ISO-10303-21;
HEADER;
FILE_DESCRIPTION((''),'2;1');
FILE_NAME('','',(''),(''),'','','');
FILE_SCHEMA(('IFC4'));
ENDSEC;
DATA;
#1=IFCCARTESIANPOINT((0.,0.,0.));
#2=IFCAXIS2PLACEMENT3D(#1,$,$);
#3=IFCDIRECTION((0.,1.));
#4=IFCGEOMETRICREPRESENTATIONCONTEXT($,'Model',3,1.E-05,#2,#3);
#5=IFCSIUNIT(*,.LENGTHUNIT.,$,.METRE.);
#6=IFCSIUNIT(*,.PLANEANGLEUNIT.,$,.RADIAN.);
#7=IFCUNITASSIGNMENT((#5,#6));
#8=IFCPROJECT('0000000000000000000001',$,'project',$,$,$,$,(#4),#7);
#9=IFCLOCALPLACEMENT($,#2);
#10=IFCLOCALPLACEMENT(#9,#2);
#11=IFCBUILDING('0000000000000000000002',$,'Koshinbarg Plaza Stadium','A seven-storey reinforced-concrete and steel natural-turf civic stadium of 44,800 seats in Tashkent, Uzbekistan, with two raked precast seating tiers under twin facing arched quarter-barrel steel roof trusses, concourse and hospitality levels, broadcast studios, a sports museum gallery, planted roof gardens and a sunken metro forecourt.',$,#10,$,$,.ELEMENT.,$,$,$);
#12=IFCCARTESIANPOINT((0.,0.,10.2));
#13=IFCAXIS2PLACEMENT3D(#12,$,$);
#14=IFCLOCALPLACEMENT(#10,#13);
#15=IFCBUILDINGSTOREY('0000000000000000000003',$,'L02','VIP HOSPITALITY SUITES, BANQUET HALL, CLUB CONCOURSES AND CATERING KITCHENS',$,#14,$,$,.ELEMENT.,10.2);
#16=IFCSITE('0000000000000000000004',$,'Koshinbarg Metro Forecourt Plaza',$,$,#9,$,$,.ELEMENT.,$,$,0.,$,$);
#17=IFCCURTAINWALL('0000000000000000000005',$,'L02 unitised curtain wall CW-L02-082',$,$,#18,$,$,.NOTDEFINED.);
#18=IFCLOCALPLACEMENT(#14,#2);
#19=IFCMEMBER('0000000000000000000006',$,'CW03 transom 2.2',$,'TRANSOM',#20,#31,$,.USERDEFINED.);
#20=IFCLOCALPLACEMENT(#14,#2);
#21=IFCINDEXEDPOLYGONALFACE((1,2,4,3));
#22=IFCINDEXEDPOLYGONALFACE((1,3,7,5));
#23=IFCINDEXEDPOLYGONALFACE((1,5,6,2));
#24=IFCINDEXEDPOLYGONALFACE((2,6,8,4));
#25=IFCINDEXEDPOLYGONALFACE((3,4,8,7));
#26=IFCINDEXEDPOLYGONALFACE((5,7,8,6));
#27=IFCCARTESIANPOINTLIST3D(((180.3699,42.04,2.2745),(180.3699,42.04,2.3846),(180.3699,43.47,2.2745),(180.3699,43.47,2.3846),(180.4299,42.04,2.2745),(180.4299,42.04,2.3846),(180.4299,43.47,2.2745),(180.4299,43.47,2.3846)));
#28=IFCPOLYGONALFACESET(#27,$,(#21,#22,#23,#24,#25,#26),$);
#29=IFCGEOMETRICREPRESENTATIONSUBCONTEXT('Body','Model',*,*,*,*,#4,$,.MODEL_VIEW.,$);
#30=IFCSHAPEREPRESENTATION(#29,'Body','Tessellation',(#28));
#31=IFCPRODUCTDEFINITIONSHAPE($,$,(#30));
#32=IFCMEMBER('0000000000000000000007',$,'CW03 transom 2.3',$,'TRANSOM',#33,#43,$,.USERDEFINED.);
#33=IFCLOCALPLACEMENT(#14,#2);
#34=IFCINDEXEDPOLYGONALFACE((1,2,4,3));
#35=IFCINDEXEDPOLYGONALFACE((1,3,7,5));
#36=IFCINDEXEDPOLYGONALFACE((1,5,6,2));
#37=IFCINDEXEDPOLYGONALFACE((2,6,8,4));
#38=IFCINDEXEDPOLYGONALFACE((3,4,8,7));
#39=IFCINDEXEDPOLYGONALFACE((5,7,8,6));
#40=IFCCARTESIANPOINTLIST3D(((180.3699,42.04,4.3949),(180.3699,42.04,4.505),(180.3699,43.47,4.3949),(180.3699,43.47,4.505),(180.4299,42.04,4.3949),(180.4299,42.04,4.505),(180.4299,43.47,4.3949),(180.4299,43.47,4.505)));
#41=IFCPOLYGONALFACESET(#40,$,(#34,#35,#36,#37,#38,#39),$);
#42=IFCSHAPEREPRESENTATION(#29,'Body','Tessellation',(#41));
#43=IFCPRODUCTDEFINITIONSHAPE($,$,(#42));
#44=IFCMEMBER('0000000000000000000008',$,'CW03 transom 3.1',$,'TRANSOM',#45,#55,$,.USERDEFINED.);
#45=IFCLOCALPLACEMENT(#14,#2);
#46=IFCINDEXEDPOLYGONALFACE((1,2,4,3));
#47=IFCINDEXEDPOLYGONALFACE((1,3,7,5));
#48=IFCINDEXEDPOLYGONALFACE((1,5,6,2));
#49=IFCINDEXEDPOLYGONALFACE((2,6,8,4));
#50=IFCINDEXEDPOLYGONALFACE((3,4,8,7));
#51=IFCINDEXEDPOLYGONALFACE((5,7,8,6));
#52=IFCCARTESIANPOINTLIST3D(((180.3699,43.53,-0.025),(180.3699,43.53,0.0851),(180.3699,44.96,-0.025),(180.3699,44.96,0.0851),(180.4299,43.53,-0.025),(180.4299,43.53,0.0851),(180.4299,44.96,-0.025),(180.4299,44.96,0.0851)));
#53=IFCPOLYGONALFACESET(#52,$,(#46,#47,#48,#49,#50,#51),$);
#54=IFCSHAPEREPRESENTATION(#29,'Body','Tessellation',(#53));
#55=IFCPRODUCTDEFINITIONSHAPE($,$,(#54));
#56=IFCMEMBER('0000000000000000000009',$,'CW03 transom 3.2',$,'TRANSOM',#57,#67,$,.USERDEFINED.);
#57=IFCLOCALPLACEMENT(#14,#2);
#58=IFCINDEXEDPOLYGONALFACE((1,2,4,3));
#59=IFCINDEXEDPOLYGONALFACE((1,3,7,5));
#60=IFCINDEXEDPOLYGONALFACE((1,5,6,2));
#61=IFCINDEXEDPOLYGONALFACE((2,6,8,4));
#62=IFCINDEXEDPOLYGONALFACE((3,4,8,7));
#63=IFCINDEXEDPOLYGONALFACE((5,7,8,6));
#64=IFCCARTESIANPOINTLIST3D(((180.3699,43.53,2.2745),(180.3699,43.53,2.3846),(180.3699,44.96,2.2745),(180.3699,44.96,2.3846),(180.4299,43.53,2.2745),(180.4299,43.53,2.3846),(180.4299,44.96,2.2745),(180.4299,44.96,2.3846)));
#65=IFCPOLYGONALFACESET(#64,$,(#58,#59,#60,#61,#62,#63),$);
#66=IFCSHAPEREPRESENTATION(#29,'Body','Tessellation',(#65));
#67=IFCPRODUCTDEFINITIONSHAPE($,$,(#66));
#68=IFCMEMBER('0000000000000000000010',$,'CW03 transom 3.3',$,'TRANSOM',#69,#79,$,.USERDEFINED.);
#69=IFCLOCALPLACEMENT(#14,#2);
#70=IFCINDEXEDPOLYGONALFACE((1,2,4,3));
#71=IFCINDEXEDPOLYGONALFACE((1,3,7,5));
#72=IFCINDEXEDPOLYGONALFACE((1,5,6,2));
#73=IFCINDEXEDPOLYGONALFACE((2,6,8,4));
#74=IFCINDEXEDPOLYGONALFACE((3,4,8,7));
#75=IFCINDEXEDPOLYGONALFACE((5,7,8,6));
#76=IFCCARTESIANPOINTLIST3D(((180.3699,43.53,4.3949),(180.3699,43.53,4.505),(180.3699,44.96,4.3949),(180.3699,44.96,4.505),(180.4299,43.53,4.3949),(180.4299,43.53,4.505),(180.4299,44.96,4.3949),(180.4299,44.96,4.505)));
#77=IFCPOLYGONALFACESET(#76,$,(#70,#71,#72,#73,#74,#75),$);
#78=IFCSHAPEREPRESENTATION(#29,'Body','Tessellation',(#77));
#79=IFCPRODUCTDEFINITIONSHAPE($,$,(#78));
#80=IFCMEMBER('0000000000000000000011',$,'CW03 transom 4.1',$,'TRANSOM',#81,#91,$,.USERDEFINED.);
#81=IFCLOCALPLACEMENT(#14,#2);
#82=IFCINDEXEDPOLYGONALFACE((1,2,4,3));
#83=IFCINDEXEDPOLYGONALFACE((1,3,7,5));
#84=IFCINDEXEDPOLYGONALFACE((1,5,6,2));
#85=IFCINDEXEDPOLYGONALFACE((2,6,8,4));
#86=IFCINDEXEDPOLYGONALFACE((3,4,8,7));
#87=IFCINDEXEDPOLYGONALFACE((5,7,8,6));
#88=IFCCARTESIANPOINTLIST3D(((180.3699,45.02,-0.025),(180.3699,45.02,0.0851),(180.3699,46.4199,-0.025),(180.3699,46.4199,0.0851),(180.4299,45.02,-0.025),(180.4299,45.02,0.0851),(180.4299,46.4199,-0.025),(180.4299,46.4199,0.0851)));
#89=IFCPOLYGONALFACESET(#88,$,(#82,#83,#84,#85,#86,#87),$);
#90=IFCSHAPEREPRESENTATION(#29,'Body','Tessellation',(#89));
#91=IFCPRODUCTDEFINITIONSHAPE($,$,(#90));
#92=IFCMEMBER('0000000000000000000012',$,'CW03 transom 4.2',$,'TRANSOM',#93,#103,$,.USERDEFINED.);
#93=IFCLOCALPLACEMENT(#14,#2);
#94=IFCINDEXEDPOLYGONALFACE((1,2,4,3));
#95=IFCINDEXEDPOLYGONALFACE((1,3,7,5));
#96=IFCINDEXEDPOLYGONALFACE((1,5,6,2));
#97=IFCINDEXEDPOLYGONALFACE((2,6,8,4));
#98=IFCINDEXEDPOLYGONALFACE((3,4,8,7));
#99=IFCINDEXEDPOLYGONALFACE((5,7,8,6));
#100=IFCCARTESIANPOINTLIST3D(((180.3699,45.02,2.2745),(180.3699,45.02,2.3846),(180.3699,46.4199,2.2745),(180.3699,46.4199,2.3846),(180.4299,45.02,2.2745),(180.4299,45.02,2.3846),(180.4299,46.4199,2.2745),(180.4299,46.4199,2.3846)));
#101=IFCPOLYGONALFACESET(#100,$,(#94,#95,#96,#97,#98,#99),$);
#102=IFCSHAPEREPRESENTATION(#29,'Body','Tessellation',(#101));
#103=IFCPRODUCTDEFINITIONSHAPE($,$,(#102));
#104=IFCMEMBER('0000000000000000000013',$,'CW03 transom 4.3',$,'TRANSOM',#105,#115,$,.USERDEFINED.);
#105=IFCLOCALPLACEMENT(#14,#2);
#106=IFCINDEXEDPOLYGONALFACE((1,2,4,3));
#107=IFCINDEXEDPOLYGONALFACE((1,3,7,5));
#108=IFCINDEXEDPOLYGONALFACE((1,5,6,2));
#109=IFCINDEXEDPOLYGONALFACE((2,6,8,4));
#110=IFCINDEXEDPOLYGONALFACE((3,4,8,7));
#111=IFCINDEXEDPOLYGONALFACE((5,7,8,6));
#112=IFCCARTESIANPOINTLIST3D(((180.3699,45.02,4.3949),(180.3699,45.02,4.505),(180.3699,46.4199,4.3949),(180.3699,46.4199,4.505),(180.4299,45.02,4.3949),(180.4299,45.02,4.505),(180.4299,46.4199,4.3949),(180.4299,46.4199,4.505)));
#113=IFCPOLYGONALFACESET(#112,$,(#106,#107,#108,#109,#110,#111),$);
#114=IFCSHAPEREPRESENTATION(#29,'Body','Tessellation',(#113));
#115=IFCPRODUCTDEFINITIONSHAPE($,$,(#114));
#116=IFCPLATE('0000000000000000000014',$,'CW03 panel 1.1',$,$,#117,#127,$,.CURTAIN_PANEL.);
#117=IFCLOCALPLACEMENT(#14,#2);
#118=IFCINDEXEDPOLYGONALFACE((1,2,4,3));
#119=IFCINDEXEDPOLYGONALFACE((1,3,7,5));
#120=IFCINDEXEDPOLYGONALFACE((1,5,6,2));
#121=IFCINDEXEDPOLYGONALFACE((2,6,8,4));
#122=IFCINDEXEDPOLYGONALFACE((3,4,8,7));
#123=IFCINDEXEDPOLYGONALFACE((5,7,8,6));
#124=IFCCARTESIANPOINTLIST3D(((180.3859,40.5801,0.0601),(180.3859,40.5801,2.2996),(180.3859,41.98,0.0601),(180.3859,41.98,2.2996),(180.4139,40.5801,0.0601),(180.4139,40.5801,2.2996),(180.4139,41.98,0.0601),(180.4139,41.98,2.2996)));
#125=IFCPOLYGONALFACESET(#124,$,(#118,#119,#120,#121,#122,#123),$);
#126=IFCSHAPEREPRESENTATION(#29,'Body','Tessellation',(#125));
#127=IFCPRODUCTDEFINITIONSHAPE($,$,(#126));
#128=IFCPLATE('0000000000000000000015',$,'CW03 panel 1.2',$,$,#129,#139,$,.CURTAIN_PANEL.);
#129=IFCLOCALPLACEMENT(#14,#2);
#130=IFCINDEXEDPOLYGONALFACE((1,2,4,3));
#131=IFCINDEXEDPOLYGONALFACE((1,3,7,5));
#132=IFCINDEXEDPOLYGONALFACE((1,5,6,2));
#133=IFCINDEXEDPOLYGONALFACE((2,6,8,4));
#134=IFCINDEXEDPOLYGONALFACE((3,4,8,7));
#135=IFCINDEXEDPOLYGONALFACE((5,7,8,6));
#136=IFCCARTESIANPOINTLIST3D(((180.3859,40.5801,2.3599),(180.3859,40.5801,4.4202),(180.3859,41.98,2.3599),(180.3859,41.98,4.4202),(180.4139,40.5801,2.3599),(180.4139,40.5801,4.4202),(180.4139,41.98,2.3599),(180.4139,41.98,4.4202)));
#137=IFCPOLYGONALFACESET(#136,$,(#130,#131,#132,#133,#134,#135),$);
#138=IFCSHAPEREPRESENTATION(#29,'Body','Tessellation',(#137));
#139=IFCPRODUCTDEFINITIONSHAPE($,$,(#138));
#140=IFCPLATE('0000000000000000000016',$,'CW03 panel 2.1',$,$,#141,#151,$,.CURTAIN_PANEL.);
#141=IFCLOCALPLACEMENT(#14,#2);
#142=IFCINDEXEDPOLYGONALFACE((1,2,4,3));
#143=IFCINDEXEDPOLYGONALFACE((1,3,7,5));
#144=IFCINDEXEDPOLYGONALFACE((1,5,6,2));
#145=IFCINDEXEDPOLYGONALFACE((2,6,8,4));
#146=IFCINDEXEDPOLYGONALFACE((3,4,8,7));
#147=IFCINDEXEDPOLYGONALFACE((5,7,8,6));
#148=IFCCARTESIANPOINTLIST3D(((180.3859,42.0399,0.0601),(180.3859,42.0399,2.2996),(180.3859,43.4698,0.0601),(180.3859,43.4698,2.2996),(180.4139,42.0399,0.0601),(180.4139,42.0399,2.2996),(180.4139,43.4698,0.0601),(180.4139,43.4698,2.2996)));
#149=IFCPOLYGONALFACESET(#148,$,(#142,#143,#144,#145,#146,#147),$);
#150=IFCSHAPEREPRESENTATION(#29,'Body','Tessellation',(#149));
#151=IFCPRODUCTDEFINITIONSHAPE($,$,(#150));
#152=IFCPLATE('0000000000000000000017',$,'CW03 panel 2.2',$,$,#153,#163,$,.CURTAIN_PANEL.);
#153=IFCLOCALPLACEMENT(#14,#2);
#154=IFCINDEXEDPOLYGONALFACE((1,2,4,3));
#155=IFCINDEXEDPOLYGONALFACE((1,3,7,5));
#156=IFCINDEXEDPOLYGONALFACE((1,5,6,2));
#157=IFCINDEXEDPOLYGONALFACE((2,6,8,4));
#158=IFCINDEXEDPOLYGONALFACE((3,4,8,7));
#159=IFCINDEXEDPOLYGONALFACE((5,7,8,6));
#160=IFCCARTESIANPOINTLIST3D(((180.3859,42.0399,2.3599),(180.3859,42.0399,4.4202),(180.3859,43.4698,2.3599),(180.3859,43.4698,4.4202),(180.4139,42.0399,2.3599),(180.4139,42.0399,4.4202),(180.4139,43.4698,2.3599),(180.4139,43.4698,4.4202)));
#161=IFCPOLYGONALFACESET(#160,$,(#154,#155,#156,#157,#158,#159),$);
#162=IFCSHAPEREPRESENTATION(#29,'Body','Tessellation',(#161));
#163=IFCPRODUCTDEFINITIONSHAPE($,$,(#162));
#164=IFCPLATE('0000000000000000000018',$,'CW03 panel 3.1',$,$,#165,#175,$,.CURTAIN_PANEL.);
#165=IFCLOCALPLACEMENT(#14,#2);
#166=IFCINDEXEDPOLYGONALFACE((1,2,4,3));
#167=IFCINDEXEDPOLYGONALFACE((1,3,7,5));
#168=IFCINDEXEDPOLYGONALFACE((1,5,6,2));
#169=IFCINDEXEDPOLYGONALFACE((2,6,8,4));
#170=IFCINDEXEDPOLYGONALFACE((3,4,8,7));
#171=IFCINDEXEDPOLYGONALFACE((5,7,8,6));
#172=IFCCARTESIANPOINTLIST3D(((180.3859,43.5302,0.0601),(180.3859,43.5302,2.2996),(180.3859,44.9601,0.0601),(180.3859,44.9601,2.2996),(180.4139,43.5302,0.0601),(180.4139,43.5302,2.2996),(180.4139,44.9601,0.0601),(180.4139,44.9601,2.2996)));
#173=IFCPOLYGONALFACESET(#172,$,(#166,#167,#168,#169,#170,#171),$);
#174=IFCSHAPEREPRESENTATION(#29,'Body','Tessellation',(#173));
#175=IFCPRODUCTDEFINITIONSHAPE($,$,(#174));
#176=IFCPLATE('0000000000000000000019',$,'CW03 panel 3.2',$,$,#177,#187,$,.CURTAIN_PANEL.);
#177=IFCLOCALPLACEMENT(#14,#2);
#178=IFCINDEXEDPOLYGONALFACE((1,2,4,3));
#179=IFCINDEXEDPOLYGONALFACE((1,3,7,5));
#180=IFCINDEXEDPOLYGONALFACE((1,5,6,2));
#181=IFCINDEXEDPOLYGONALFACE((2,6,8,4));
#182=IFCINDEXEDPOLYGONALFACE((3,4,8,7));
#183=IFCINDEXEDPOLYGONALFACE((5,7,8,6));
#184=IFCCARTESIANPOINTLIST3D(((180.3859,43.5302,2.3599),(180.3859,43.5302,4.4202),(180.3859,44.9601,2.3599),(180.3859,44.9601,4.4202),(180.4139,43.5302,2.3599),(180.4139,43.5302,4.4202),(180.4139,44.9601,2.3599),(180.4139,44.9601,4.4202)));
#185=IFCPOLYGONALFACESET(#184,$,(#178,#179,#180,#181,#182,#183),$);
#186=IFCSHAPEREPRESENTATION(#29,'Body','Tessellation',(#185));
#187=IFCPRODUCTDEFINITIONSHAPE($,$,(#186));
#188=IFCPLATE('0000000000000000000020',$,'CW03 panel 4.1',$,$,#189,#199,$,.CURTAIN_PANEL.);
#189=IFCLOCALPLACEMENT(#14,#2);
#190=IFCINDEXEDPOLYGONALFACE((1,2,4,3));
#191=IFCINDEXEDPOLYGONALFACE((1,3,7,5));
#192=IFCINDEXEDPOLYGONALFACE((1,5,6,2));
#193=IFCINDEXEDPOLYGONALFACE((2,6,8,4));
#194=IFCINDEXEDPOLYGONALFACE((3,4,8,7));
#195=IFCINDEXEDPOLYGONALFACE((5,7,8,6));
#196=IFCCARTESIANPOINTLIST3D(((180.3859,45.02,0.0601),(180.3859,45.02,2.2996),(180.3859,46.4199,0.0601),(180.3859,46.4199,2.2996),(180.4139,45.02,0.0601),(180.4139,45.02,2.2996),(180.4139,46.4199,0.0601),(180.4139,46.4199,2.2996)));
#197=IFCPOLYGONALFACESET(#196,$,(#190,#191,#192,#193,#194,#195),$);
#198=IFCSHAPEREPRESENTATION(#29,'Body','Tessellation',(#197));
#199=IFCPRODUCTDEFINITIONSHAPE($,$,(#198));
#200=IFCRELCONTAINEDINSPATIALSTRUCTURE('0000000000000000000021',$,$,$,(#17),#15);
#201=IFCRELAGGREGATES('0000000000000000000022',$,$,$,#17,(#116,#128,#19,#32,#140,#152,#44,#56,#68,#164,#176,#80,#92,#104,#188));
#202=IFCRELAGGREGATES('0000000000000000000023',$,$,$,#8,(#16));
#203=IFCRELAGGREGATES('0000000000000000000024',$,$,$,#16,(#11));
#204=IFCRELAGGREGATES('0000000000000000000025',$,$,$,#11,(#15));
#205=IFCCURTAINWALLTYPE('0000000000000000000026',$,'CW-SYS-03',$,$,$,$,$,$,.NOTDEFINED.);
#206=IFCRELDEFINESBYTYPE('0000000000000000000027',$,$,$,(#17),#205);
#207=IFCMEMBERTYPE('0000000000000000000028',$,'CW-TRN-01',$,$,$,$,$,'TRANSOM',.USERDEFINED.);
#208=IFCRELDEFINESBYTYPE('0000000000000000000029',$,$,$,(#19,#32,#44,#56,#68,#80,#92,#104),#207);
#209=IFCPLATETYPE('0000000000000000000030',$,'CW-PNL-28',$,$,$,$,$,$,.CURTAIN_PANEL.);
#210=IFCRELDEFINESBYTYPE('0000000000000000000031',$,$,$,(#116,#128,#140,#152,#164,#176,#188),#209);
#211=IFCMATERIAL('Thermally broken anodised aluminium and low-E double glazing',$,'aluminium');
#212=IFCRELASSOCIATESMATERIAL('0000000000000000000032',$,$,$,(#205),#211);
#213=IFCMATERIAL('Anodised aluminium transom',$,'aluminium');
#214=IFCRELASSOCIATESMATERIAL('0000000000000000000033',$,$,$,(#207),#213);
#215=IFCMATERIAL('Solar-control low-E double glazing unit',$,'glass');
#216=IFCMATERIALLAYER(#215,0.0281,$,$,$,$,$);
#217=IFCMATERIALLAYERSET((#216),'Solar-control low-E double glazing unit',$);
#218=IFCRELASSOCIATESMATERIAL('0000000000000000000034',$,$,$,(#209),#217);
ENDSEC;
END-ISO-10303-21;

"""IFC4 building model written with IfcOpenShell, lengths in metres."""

from ifc_helpers import new_model, si_unit, direction, frame, origin, origin_2d, place, context, subcontext, project, spatial, rectangle, extrude, material, layer, layer_set, material_profile, profile_set, type_object, element, aggregate, save


model = new_model("IFC4")

# Units and contexts
model_context = context("Model", 3, precision=1e-05, world=origin(), true_north=direction((0.0, 1.0)))
body_context = subcontext(model_context, "Body", "Model", "MODEL_VIEW")
ifc_project = project(units=[si_unit("LENGTHUNIT", "METRE"), si_unit("PLANEANGLEUNIT", "RADIAN")], contexts=[model_context])

# Site, building, storey
site_placement = place(None, origin())
site = spatial("IfcSite", under=ifc_project, at=site_placement, Name="Koshinbarg Metro Forecourt Plaza", CompositionType="ELEMENT", RefElevation=0.0)
building_placement = place(site_placement, origin())
building = spatial("IfcBuilding", under=site, at=building_placement, Name="Koshinbarg Plaza Stadium", Description="A seven-storey reinforced-concrete and steel natural-turf civic stadium of 44,800 seats in Tashkent, Uzbekistan, with two raked precast seating tiers under twin facing arched quarter-barrel steel roof trusses, concourse and hospitality levels, broadcast studios, a sports museum gallery, planted roof gardens and a sunken metro forecourt.", CompositionType="ELEMENT")
storey_placement = place(building_placement, frame((0.0, 0.0, 10.2)))
storey = spatial("IfcBuildingStorey", under=building, at=storey_placement, Name="L02", Description="VIP HOSPITALITY SUITES, BANQUET HALL, CLUB CONCOURSES AND CATERING KITCHENS", CompositionType="ELEMENT", Elevation=10.2)

# Curtain wall, members, plates
ifc_material_1 = material(Name="Thermally broken anodised aluminium and low-E double glazing", Category="aluminium")
curtain_wall_type = type_object("IfcCurtainWallType", Name="CW-SYS-03", PredefinedType="NOTDEFINED", material=ifc_material_1)
curtain_wall_placement = place(storey_placement, origin())
curtain_wall = element("IfcCurtainWall", 1, at=curtain_wall_placement, inside=storey, type_object=curtain_wall_type, Name="L02 unitised curtain wall CW-L02-082", PredefinedType="NOTDEFINED")
ifc_material_2 = material(Name="Anodised aluminium transom", Category="aluminium")
ifc_material_profile_1 = material_profile(ifc_material_2, rectangle(XDim=0.0601, YDim=0.1101, at=origin_2d()), Name="ALU 60x110")
ifc_profile_set_1 = profile_set([ifc_material_profile_1], Name="Anodised aluminium transom")
member_type_1 = type_object("IfcMemberType", Name="CW-TRN-01", ElementType="TRANSOM", PredefinedType="USERDEFINED", material=ifc_profile_set_1)
member_1_placement = place(storey_placement, frame((180.3999, 42.04, 2.3296), z_axis=(0.0, 1.0, 0.0), x_axis=(-1.0, 0.0, 0.0)))
member_1 = element("IfcMember", 2, at=member_1_placement, type_object=member_type_1, Name="CW03 transom 2.2", ObjectType="TRANSOM", PredefinedType="USERDEFINED", context=body_context, shape_type="SweptSolid", body=[
    extrude(rectangle(XDim=0.0601, YDim=0.1101, at=origin_2d()), origin(), (0.0, 0.0, 1.0), 1.4299),
])
member_2_placement = place(storey_placement, frame((180.3999, 42.04, 4.45), z_axis=(0.0, 1.0, 0.0), x_axis=(-1.0, 0.0, 0.0)))
member_2 = element("IfcMember", 3, at=member_2_placement, type_object=member_type_1, Name="CW03 transom 2.3", ObjectType="TRANSOM", PredefinedType="USERDEFINED", context=body_context, shape_type="SweptSolid", body=[
    extrude(rectangle(XDim=0.0601, YDim=0.1101, at=origin_2d()), origin(), (0.0, 0.0, 1.0), 1.4299),
])
member_3_placement = place(storey_placement, frame((180.3999, 43.53, 0.03), z_axis=(0.0, 1.0, 0.0), x_axis=(-1.0, 0.0, 0.0)))
member_3 = element("IfcMember", 4, at=member_3_placement, type_object=member_type_1, Name="CW03 transom 3.1", ObjectType="TRANSOM", PredefinedType="USERDEFINED", context=body_context, shape_type="SweptSolid", body=[
    extrude(rectangle(XDim=0.0601, YDim=0.1101, at=origin_2d()), origin(), (0.0, 0.0, 1.0), 1.4299),
])
member_4_placement = place(storey_placement, frame((180.3999, 43.53, 2.3296), z_axis=(0.0, 1.0, 0.0), x_axis=(-1.0, 0.0, 0.0)))
member_4 = element("IfcMember", 5, at=member_4_placement, type_object=member_type_1, Name="CW03 transom 3.2", ObjectType="TRANSOM", PredefinedType="USERDEFINED", context=body_context, shape_type="SweptSolid", body=[
    extrude(rectangle(XDim=0.0601, YDim=0.1101, at=origin_2d()), origin(), (0.0, 0.0, 1.0), 1.4299),
])
member_5_placement = place(storey_placement, frame((180.3999, 43.53, 4.45), z_axis=(0.0, 1.0, 0.0), x_axis=(-1.0, 0.0, 0.0)))
member_5 = element("IfcMember", 6, at=member_5_placement, type_object=member_type_1, Name="CW03 transom 3.3", ObjectType="TRANSOM", PredefinedType="USERDEFINED", context=body_context, shape_type="SweptSolid", body=[
    extrude(rectangle(XDim=0.0601, YDim=0.1101, at=origin_2d()), origin(), (0.0, 0.0, 1.0), 1.4299),
])
member_6_placement = place(storey_placement, frame((180.3999, 45.02, 0.03), z_axis=(0.0, 1.0, 0.0), x_axis=(-1.0, 0.0, 0.0)))
member_6 = element("IfcMember", 7, at=member_6_placement, type_object=member_type_1, Name="CW03 transom 4.1", ObjectType="TRANSOM", PredefinedType="USERDEFINED", context=body_context, shape_type="SweptSolid", body=[
    extrude(rectangle(XDim=0.0601, YDim=0.1101, at=origin_2d()), origin(), (0.0, 0.0, 1.0), 1.3999),
])
member_7_placement = place(storey_placement, frame((180.3999, 45.02, 2.3296), z_axis=(0.0, 1.0, 0.0), x_axis=(-1.0, 0.0, 0.0)))
member_7 = element("IfcMember", 8, at=member_7_placement, type_object=member_type_1, Name="CW03 transom 4.2", ObjectType="TRANSOM", PredefinedType="USERDEFINED", context=body_context, shape_type="SweptSolid", body=[
    extrude(rectangle(XDim=0.0601, YDim=0.1101, at=origin_2d()), origin(), (0.0, 0.0, 1.0), 1.3999),
])
member_8_placement = place(storey_placement, frame((180.3999, 45.02, 4.45), z_axis=(0.0, 1.0, 0.0), x_axis=(-1.0, 0.0, 0.0)))
member_8 = element("IfcMember", 9, at=member_8_placement, type_object=member_type_1, Name="CW03 transom 4.3", ObjectType="TRANSOM", PredefinedType="USERDEFINED", context=body_context, shape_type="SweptSolid", body=[
    extrude(rectangle(XDim=0.0601, YDim=0.1101, at=origin_2d()), origin(), (0.0, 0.0, 1.0), 1.3999),
])
ifc_material_3 = material(Name="Solar-control low-E double glazing unit", Category="glass")
ifc_layer_1 = layer(ifc_material_3, 0.0281)
ifc_layer_set_1 = layer_set([ifc_layer_1], Name="Solar-control low-E double glazing unit")
plate_type = type_object("IfcPlateType", Name="CW-PNL-28", PredefinedType="CURTAIN_PANEL", material=ifc_layer_set_1)
plate_1_placement = place(storey_placement, frame((180.3999, 41.28, 0.0601), z_axis=(0.0, 0.0, 1.0), x_axis=(0.0, 1.0, 0.0)))
plate_1 = element("IfcPlate", 10, at=plate_1_placement, type_object=plate_type, Name="CW03 panel 1.1", PredefinedType="CURTAIN_PANEL", context=body_context, shape_type="SweptSolid", body=[
    extrude(rectangle(XDim=1.3999, YDim=0.0281, at=origin_2d()), origin(), (0.0, 0.0, 1.0), 2.2395),
])
plate_2_placement = place(storey_placement, frame((180.3999, 41.28, 2.3599), z_axis=(0.0, 0.0, 1.0), x_axis=(0.0, 1.0, 0.0)))
plate_2 = element("IfcPlate", 11, at=plate_2_placement, type_object=plate_type, Name="CW03 panel 1.2", PredefinedType="CURTAIN_PANEL", context=body_context, shape_type="SweptSolid", body=[
    extrude(rectangle(XDim=1.3999, YDim=0.0281, at=origin_2d()), origin(), (0.0, 0.0, 1.0), 2.0603),
])
plate_3_placement = place(storey_placement, frame((180.3999, 42.7549, 0.0601), z_axis=(0.0, 0.0, 1.0), x_axis=(0.0, 1.0, 0.0)))
plate_3 = element("IfcPlate", 12, at=plate_3_placement, type_object=plate_type, Name="CW03 panel 2.1", PredefinedType="CURTAIN_PANEL", context=body_context, shape_type="SweptSolid", body=[
    extrude(rectangle(XDim=1.4299, YDim=0.0281, at=origin_2d()), origin(), (0.0, 0.0, 1.0), 2.2395),
])
plate_4_placement = place(storey_placement, frame((180.3999, 42.7549, 2.3599), z_axis=(0.0, 0.0, 1.0), x_axis=(0.0, 1.0, 0.0)))
plate_4 = element("IfcPlate", 13, at=plate_4_placement, type_object=plate_type, Name="CW03 panel 2.2", PredefinedType="CURTAIN_PANEL", context=body_context, shape_type="SweptSolid", body=[
    extrude(rectangle(XDim=1.4299, YDim=0.0281, at=origin_2d()), origin(), (0.0, 0.0, 1.0), 2.0603),
])
plate_5_placement = place(storey_placement, frame((180.3999, 44.2451, 0.0601), z_axis=(0.0, 0.0, 1.0), x_axis=(0.0, 1.0, 0.0)))
plate_5 = element("IfcPlate", 14, at=plate_5_placement, type_object=plate_type, Name="CW03 panel 3.1", PredefinedType="CURTAIN_PANEL", context=body_context, shape_type="SweptSolid", body=[
    extrude(rectangle(XDim=1.4299, YDim=0.0281, at=origin_2d()), origin(), (0.0, 0.0, 1.0), 2.2395),
])
plate_6_placement = place(storey_placement, frame((180.3999, 44.2451, 2.3599), z_axis=(0.0, 0.0, 1.0), x_axis=(0.0, 1.0, 0.0)))
plate_6 = element("IfcPlate", 15, at=plate_6_placement, type_object=plate_type, Name="CW03 panel 3.2", PredefinedType="CURTAIN_PANEL", context=body_context, shape_type="SweptSolid", body=[
    extrude(rectangle(XDim=1.4299, YDim=0.0281, at=origin_2d()), origin(), (0.0, 0.0, 1.0), 2.0603),
])
plate_7_placement = place(storey_placement, frame((180.3999, 45.72, 0.0601), z_axis=(0.0, 0.0, 1.0), x_axis=(0.0, 1.0, 0.0)))
plate_7 = element("IfcPlate", 16, at=plate_7_placement, type_object=plate_type, Name="CW03 panel 4.1", PredefinedType="CURTAIN_PANEL", context=body_context, shape_type="SweptSolid", body=[
    extrude(rectangle(XDim=1.3999, YDim=0.0281, at=origin_2d()), origin(), (0.0, 0.0, 1.0), 2.2395),
])
aggregate(curtain_wall, [plate_1, plate_2, member_1, member_2, plate_3, plate_4, member_3, member_4, member_5, plate_5, plate_6, member_6, member_7, member_8, plate_7])

save(model, "model.ifc")
